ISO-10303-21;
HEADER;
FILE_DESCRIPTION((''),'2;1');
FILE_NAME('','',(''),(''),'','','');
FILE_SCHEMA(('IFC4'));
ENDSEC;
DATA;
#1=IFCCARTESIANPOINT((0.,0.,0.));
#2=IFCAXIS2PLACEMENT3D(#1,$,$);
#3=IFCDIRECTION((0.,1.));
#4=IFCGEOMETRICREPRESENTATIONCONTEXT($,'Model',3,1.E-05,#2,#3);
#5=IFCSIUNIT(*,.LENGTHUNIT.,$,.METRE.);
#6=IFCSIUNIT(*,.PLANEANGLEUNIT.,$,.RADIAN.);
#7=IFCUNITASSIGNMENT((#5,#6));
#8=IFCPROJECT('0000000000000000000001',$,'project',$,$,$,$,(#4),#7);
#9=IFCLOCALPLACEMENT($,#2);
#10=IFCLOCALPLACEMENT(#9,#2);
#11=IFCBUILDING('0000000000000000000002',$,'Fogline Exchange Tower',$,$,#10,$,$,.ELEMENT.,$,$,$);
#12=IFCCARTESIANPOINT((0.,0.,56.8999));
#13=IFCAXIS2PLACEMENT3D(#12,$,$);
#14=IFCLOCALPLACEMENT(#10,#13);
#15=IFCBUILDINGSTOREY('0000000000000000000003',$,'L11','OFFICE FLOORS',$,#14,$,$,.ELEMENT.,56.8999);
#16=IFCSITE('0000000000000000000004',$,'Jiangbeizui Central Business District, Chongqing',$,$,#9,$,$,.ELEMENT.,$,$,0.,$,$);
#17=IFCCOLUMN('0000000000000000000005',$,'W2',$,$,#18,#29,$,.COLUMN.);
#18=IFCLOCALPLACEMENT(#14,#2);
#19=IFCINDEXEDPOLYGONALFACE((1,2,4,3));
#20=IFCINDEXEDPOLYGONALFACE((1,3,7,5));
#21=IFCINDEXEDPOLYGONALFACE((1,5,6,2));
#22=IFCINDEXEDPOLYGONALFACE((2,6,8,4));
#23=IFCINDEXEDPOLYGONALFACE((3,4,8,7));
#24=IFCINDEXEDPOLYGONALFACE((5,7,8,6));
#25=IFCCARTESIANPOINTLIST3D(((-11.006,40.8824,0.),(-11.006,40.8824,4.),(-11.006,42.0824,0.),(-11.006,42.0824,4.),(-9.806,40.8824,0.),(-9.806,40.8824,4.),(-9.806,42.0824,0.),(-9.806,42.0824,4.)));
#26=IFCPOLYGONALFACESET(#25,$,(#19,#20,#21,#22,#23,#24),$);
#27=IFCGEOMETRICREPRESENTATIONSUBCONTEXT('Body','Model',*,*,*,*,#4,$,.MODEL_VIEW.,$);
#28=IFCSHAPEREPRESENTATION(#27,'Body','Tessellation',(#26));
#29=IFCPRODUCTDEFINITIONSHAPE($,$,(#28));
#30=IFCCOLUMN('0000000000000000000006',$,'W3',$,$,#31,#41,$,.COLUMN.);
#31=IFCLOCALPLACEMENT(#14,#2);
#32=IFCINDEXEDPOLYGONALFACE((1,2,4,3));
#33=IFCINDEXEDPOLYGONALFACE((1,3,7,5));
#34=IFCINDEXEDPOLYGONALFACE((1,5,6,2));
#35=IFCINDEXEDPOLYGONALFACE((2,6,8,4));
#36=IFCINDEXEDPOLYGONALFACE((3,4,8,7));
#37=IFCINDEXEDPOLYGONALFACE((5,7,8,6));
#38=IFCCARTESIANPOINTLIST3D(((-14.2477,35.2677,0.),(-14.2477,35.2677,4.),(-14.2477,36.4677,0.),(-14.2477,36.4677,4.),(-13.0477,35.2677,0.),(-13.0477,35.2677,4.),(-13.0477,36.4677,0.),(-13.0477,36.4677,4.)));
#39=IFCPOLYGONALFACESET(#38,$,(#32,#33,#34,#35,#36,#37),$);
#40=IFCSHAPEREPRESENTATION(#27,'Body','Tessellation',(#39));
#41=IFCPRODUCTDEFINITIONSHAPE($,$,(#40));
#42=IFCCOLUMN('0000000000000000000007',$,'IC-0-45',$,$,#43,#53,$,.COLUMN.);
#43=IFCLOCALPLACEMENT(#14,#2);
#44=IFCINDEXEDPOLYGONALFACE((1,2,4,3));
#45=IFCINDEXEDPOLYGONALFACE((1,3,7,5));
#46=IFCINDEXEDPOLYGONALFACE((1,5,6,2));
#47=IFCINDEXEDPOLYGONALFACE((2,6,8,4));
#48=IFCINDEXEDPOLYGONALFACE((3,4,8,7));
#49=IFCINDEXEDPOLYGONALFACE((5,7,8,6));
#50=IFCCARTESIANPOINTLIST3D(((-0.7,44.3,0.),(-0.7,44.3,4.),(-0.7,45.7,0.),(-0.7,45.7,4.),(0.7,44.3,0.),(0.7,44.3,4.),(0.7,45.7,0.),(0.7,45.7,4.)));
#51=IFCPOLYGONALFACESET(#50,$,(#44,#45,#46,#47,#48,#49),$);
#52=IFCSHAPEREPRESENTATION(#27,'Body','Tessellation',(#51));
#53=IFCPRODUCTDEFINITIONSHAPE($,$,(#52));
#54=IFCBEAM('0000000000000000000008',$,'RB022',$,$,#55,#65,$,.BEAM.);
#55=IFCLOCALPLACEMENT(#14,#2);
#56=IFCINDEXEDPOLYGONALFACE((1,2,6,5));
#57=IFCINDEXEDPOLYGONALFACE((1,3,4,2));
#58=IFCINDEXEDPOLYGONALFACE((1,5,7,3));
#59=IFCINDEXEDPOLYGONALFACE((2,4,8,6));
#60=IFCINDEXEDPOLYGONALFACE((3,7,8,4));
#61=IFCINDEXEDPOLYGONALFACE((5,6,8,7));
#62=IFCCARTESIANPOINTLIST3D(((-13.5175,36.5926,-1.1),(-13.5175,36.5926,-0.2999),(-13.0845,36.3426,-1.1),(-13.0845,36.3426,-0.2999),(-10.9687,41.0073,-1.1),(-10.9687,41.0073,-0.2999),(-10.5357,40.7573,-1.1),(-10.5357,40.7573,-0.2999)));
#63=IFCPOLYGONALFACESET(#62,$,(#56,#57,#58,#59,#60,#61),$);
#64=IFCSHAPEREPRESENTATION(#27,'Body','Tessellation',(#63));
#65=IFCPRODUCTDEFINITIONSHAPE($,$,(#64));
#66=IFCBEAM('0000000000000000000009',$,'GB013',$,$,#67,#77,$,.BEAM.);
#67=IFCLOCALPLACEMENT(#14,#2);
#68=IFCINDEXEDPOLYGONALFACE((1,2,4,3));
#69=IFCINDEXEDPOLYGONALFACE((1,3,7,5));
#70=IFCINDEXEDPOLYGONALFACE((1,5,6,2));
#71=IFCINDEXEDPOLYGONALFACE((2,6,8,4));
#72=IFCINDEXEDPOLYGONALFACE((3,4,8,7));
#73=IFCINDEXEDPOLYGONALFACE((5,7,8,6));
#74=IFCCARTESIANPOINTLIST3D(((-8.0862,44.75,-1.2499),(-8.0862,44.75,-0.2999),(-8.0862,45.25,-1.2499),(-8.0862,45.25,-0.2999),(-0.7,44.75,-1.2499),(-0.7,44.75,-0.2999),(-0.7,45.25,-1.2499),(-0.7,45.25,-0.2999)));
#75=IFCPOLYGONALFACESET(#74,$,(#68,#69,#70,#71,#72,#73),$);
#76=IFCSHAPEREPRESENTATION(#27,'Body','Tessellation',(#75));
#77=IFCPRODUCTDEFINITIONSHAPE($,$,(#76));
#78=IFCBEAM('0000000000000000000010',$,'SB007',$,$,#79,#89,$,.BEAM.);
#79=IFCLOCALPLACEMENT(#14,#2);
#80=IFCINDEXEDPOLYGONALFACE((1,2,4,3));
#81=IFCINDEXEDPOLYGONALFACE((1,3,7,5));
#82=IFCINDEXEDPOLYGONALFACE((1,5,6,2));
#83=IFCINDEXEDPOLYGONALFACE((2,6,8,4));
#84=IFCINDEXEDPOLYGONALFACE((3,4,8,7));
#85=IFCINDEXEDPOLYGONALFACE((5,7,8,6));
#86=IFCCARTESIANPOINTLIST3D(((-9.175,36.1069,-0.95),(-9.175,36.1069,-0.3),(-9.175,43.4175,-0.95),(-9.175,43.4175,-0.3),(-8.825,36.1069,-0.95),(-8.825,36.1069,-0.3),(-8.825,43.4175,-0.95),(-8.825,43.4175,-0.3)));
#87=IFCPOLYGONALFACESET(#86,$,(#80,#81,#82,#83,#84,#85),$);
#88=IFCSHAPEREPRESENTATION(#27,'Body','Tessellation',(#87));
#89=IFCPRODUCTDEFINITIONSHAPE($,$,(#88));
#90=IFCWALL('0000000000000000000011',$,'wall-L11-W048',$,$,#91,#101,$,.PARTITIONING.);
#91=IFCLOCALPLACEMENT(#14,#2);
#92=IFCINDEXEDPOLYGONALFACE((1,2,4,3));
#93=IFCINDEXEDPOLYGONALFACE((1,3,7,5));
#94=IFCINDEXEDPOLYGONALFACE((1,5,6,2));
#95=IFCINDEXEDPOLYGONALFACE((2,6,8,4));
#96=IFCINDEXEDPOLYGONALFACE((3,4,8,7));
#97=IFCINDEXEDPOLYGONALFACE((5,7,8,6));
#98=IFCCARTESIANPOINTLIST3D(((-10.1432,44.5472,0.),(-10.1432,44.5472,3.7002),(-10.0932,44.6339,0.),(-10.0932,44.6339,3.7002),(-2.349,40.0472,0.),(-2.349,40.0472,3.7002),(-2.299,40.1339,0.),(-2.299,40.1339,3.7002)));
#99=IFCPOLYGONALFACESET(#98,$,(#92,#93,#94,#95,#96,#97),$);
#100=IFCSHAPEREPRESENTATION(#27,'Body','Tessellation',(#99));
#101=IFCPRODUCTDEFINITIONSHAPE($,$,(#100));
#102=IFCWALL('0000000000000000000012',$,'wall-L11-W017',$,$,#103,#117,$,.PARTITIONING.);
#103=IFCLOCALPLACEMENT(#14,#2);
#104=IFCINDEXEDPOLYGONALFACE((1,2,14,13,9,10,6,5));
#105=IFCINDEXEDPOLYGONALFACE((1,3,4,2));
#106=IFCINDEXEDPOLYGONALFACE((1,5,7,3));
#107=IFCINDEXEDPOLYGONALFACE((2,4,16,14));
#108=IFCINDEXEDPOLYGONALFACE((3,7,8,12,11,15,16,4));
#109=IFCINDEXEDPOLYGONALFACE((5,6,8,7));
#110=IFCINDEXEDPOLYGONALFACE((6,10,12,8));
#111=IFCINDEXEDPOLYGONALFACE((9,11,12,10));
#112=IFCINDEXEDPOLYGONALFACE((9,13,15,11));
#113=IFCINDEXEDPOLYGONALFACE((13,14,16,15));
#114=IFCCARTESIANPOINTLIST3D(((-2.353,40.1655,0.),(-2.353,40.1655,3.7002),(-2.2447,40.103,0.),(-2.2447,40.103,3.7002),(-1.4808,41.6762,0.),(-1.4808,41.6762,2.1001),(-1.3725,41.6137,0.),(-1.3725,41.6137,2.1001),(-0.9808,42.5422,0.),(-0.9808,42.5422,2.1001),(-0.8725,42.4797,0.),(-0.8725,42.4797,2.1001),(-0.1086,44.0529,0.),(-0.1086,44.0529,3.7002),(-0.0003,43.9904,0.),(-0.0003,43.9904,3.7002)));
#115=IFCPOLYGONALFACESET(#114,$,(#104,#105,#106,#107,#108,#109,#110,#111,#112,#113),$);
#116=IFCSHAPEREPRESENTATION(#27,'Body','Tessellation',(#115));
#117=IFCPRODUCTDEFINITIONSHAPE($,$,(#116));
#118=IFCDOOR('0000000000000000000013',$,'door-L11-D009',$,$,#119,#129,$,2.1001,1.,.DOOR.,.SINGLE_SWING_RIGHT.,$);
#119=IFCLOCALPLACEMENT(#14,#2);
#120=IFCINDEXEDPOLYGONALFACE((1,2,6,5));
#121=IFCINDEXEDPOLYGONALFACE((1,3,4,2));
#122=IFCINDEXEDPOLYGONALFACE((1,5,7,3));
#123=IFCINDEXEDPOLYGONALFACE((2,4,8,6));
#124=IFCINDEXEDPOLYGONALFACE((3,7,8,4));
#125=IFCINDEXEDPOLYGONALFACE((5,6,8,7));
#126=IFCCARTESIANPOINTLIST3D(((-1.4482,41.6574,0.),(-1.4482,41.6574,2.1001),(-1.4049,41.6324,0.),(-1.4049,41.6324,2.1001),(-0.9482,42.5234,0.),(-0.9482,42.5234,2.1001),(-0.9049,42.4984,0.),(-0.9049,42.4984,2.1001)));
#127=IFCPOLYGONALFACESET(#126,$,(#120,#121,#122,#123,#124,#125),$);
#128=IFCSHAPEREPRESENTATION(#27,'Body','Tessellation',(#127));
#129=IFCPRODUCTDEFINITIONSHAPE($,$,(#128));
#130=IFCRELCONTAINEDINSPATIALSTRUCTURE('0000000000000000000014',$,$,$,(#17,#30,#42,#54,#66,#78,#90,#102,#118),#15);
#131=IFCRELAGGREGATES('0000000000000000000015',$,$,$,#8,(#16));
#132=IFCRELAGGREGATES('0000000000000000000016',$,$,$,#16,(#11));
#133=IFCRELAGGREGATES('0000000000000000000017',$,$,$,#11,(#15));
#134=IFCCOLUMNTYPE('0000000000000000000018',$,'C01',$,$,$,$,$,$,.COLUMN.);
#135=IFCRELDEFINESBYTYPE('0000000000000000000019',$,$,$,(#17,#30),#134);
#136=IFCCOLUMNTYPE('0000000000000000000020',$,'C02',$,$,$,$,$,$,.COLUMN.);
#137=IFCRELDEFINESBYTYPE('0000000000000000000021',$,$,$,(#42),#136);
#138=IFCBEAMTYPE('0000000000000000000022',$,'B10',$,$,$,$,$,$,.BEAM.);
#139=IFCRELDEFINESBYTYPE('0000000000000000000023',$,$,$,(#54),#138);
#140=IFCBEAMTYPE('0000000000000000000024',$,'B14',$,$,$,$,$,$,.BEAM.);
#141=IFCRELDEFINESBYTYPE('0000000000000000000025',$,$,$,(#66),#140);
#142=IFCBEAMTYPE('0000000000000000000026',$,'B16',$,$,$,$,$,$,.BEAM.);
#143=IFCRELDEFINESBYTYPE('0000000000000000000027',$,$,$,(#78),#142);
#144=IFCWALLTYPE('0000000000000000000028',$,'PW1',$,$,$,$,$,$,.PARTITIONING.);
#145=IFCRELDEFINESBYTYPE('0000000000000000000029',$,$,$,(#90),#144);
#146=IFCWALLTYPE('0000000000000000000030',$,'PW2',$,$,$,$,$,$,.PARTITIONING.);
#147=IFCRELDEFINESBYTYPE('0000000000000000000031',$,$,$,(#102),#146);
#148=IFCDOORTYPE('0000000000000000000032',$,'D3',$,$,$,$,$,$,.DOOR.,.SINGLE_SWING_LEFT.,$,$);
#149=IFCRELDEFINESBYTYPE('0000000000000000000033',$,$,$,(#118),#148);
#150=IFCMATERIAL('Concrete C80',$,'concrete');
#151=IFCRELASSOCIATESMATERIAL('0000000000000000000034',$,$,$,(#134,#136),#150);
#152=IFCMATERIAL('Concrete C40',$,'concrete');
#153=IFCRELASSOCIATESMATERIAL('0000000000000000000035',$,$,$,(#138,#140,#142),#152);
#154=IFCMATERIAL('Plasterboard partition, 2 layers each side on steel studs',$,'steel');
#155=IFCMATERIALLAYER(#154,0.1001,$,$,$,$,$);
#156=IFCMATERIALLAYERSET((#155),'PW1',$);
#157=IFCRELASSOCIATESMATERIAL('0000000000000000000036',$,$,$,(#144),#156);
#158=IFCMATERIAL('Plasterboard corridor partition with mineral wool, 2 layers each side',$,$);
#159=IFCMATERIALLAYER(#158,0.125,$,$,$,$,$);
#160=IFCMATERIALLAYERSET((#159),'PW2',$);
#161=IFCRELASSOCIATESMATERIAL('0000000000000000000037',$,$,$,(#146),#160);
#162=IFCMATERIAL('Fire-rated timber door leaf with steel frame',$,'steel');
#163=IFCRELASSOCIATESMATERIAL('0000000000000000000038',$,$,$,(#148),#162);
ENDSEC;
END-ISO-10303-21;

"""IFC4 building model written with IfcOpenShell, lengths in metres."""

from ifc_helpers import new_model, si_unit, direction, frame, frame_2d, origin, origin_2d, place, context, subcontext, project, spatial, rectangle, extrude, material, layer, layer_set, material_profile, profile_set, type_object, element, fill, save


model = new_model("IFC4")

# Units and contexts
model_context = context("Model", 3, precision=1e-05, world=origin(), true_north=direction((0.0, 1.0)))
body_context = subcontext(model_context, "Body", "Model", "MODEL_VIEW")
ifc_project = project(units=[si_unit("LENGTHUNIT", "METRE"), si_unit("PLANEANGLEUNIT", "RADIAN")], contexts=[model_context])

# Site, building, storey
site_placement = place(None, origin())
site = spatial("IfcSite", under=ifc_project, at=site_placement, Name="Jiangbeizui Central Business District, Chongqing", CompositionType="ELEMENT", RefElevation=0.0)
building_placement = place(site_placement, origin())
building = spatial("IfcBuilding", under=site, at=building_placement, Name="Fogline Exchange Tower", CompositionType="ELEMENT")
storey_placement = place(building_placement, frame((0.0, 0.0, 56.8999)))
storey = spatial("IfcBuildingStorey", under=building, at=storey_placement, Name="L11", Description="OFFICE FLOORS", CompositionType="ELEMENT", Elevation=56.8999)

# Columns
ifc_material_1 = material(Name="Concrete C80", Category="concrete")
ifc_material_profile_1 = material_profile(ifc_material_1, rectangle(XDim=1.2, YDim=1.2, at=origin_2d()), Name="RC 1200x1200")
ifc_profile_set_1 = profile_set([ifc_material_profile_1], Name="Concrete C80")
column_type_1 = type_object("IfcColumnType", Name="C01", PredefinedType="COLUMN", material=ifc_profile_set_1)
for number, where, z_axis, x_axis, name in (
    (1, (-10.406, 41.4824, 0.0), (0.0, 0.0, 1.0), (1.0, 0.0, 0.0), "W2"),
    (2, (-13.6477, 35.8677, 0.0), (0.0, 0.0, 1.0), (1.0, 0.0, 0.0), "W3"),
):
    element("IfcColumn", number, at=place(storey_placement, frame(where, z_axis=z_axis, x_axis=x_axis)), inside=storey, type_object=column_type_1, Name=name, PredefinedType="COLUMN", context=body_context, shape_type="SweptSolid", body=[
        extrude(rectangle(XDim=1.2, YDim=1.2, at=origin_2d()), origin(), (0.0, 0.0, 1.0), 4.0),
    ])
ifc_material_profile_2 = material_profile(ifc_material_1, rectangle(XDim=1.3999, YDim=1.3999, at=origin_2d()), Name="RC 1400x1400")
ifc_profile_set_2 = profile_set([ifc_material_profile_2], Name="Concrete C80")
column_type_2 = type_object("IfcColumnType", Name="C02", PredefinedType="COLUMN", material=ifc_profile_set_2)
column_placement = place(storey_placement, frame((0.0, 45.0, 0.0), z_axis=(0.0, 0.0, 1.0), x_axis=(1.0, 0.0, 0.0)))
element("IfcColumn", 3, at=column_placement, inside=storey, type_object=column_type_2, Name="IC-0-45", PredefinedType="COLUMN", context=body_context, shape_type="SweptSolid", body=[
    extrude(rectangle(XDim=1.3999, YDim=1.3999, at=origin_2d()), origin(), (0.0, 0.0, 1.0), 4.0),
])

# Beams
ifc_material_2 = material(Name="Concrete C40", Category="concrete")
ifc_material_profile_3 = material_profile(ifc_material_2, rectangle(XDim=0.5, YDim=0.8, at=origin_2d()), Name="RC 500x800")
ifc_profile_set_3 = profile_set([ifc_material_profile_3], Name="Concrete C40")
beam_type_1 = type_object("IfcBeamType", Name="B10", PredefinedType="BEAM", material=ifc_profile_set_3)
beam_1_placement = place(storey_placement, frame((-10.7522, 40.8823, -0.7), z_axis=(-0.499992, -0.86603, 0.0), x_axis=(0.86603, -0.499992, 0.0)))
element("IfcBeam", 4, at=beam_1_placement, inside=storey, type_object=beam_type_1, Name="RB022", PredefinedType="BEAM", context=body_context, shape_type="SweptSolid", body=[
    extrude(rectangle(XDim=0.5, YDim=0.8, at=origin_2d()), origin(), (0.0, 0.0, 1.0), 5.0977),
])
ifc_material_profile_4 = material_profile(ifc_material_2, rectangle(XDim=0.5, YDim=0.95, at=origin_2d()), Name="RC 500x950")
ifc_profile_set_4 = profile_set([ifc_material_profile_4], Name="Concrete C40")
beam_type_2 = type_object("IfcBeamType", Name="B14", PredefinedType="BEAM", material=ifc_profile_set_4)
beam_2_placement = place(storey_placement, frame((-8.0862, 45.0, -0.7749), z_axis=(1.0, 0.0, 0.0), x_axis=(0.0, 1.0, 0.0)))
element("IfcBeam", 5, at=beam_2_placement, inside=storey, type_object=beam_type_2, Name="GB013", PredefinedType="BEAM", context=body_context, shape_type="SweptSolid", body=[
    extrude(rectangle(XDim=0.5, YDim=0.95, at=origin_2d()), origin(), (0.0, 0.0, 1.0), 7.3862),
])
ifc_material_profile_5 = material_profile(ifc_material_2, rectangle(XDim=0.3501, YDim=0.6499, at=origin_2d()), Name="RC 350x650")
ifc_profile_set_5 = profile_set([ifc_material_profile_5], Name="Concrete C40")
beam_type_3 = type_object("IfcBeamType", Name="B16", PredefinedType="BEAM", material=ifc_profile_set_5)
beam_3_placement = place(storey_placement, frame((-9.0, 36.1069, -0.625), z_axis=(0.0, 1.0, 0.0), x_axis=(-1.0, 0.0, 0.0)))
element("IfcBeam", 6, at=beam_3_placement, inside=storey, type_object=beam_type_3, Name="SB007", PredefinedType="BEAM", context=body_context, shape_type="SweptSolid", body=[
    extrude(rectangle(XDim=0.3501, YDim=0.6499, at=origin_2d()), origin(), (0.0, 0.0, 1.0), 7.3105),
])

# Wall
ifc_material_3 = material(Name="Plasterboard partition, 2 layers each side on steel studs", Category="steel")
ifc_layer_1 = layer(ifc_material_3, 0.1001)
ifc_layer_set_1 = layer_set([ifc_layer_1], Name="PW1")
wall_type_1 = type_object("IfcWallType", Name="PW1", PredefinedType="PARTITIONING", material=ifc_layer_set_1)
wall_1_placement = place(storey_placement, frame((-2.324, 40.0906, 0.0), z_axis=(0.0, 0.0, 1.0), x_axis=(-0.866024, 0.500002, 0.0)))
element("IfcWall", 7, at=wall_1_placement, inside=storey, type_object=wall_type_1, Name="wall-L11-W048", PredefinedType="PARTITIONING", context=body_context, shape_type="SweptSolid", body=[
    extrude(rectangle(XDim=9.0, YDim=0.1001, at=frame_2d((4.5, 0.0))), origin(), (0.0, 0.0, 1.0), 3.7002),
])

# Wall, opening, door
ifc_material_4 = material(Name="Plasterboard corridor partition with mineral wool, 2 layers each side")
ifc_layer_2 = layer(ifc_material_4, 0.125)
ifc_layer_set_2 = layer_set([ifc_layer_2], Name="PW2")
wall_type_2 = type_object("IfcWallType", Name="PW2", PredefinedType="PARTITIONING", material=ifc_layer_set_2)
wall_2_placement = place(storey_placement, frame((-2.2988, 40.1343, 0.0), z_axis=(0.0, 0.0, 1.0), x_axis=(0.499994, 0.866029, 0.0)))
wall_2 = element("IfcWall", 8, at=wall_2_placement, inside=storey, type_object=wall_type_2, Name="wall-L11-W017", PredefinedType="PARTITIONING", context=body_context, shape_type="SweptSolid", body=[
    extrude(rectangle(XDim=4.4888, YDim=0.125, at=frame_2d((2.2444, 0.0))), origin(), (0.0, 0.0, 1.0), 3.7002),
])
opening_placement = place(wall_2_placement, frame((1.7444, 0.0, 0.0)))
opening = element("IfcOpeningElement", 9, at=opening_placement, cuts=wall_2, PredefinedType="OPENING", context=body_context, shape_type="SweptSolid", body=[
    extrude(rectangle(XDim=1.0, YDim=2.1001, at=frame_2d((0.5, 1.05))), frame((0.0, 0.0725, 0.0), z_axis=(0.0, -1.0, 0.0), x_axis=(1.0, 0.0, 0.0)), (0.0, 0.0, 1.0), 0.145),
])
ifc_material_5 = material(Name="Fire-rated timber door leaf with steel frame", Category="steel")
door_type = type_object("IfcDoorType", Name="D3", OperationType="SINGLE_SWING_LEFT", PredefinedType="DOOR", material=ifc_material_5)
door_placement = place(opening_placement, origin())
door = element("IfcDoor", 10, at=door_placement, inside=storey, type_object=door_type, Name="door-L11-D009", OperationType="SINGLE_SWING_RIGHT", OverallHeight=2.1001, OverallWidth=1.0, PredefinedType="DOOR", context=body_context, shape_type="SweptSolid", body=[
    extrude(rectangle(XDim=1.0, YDim=2.1001, at=frame_2d((0.5, 1.05))), frame((0.0, 0.0249, 0.0), z_axis=(0.0, -1.0, 0.0), x_axis=(1.0, 0.0, 0.0)), (0.0, 0.0, 1.0), 0.05),
])
fill(opening, door)

save(model, "model.ifc")
